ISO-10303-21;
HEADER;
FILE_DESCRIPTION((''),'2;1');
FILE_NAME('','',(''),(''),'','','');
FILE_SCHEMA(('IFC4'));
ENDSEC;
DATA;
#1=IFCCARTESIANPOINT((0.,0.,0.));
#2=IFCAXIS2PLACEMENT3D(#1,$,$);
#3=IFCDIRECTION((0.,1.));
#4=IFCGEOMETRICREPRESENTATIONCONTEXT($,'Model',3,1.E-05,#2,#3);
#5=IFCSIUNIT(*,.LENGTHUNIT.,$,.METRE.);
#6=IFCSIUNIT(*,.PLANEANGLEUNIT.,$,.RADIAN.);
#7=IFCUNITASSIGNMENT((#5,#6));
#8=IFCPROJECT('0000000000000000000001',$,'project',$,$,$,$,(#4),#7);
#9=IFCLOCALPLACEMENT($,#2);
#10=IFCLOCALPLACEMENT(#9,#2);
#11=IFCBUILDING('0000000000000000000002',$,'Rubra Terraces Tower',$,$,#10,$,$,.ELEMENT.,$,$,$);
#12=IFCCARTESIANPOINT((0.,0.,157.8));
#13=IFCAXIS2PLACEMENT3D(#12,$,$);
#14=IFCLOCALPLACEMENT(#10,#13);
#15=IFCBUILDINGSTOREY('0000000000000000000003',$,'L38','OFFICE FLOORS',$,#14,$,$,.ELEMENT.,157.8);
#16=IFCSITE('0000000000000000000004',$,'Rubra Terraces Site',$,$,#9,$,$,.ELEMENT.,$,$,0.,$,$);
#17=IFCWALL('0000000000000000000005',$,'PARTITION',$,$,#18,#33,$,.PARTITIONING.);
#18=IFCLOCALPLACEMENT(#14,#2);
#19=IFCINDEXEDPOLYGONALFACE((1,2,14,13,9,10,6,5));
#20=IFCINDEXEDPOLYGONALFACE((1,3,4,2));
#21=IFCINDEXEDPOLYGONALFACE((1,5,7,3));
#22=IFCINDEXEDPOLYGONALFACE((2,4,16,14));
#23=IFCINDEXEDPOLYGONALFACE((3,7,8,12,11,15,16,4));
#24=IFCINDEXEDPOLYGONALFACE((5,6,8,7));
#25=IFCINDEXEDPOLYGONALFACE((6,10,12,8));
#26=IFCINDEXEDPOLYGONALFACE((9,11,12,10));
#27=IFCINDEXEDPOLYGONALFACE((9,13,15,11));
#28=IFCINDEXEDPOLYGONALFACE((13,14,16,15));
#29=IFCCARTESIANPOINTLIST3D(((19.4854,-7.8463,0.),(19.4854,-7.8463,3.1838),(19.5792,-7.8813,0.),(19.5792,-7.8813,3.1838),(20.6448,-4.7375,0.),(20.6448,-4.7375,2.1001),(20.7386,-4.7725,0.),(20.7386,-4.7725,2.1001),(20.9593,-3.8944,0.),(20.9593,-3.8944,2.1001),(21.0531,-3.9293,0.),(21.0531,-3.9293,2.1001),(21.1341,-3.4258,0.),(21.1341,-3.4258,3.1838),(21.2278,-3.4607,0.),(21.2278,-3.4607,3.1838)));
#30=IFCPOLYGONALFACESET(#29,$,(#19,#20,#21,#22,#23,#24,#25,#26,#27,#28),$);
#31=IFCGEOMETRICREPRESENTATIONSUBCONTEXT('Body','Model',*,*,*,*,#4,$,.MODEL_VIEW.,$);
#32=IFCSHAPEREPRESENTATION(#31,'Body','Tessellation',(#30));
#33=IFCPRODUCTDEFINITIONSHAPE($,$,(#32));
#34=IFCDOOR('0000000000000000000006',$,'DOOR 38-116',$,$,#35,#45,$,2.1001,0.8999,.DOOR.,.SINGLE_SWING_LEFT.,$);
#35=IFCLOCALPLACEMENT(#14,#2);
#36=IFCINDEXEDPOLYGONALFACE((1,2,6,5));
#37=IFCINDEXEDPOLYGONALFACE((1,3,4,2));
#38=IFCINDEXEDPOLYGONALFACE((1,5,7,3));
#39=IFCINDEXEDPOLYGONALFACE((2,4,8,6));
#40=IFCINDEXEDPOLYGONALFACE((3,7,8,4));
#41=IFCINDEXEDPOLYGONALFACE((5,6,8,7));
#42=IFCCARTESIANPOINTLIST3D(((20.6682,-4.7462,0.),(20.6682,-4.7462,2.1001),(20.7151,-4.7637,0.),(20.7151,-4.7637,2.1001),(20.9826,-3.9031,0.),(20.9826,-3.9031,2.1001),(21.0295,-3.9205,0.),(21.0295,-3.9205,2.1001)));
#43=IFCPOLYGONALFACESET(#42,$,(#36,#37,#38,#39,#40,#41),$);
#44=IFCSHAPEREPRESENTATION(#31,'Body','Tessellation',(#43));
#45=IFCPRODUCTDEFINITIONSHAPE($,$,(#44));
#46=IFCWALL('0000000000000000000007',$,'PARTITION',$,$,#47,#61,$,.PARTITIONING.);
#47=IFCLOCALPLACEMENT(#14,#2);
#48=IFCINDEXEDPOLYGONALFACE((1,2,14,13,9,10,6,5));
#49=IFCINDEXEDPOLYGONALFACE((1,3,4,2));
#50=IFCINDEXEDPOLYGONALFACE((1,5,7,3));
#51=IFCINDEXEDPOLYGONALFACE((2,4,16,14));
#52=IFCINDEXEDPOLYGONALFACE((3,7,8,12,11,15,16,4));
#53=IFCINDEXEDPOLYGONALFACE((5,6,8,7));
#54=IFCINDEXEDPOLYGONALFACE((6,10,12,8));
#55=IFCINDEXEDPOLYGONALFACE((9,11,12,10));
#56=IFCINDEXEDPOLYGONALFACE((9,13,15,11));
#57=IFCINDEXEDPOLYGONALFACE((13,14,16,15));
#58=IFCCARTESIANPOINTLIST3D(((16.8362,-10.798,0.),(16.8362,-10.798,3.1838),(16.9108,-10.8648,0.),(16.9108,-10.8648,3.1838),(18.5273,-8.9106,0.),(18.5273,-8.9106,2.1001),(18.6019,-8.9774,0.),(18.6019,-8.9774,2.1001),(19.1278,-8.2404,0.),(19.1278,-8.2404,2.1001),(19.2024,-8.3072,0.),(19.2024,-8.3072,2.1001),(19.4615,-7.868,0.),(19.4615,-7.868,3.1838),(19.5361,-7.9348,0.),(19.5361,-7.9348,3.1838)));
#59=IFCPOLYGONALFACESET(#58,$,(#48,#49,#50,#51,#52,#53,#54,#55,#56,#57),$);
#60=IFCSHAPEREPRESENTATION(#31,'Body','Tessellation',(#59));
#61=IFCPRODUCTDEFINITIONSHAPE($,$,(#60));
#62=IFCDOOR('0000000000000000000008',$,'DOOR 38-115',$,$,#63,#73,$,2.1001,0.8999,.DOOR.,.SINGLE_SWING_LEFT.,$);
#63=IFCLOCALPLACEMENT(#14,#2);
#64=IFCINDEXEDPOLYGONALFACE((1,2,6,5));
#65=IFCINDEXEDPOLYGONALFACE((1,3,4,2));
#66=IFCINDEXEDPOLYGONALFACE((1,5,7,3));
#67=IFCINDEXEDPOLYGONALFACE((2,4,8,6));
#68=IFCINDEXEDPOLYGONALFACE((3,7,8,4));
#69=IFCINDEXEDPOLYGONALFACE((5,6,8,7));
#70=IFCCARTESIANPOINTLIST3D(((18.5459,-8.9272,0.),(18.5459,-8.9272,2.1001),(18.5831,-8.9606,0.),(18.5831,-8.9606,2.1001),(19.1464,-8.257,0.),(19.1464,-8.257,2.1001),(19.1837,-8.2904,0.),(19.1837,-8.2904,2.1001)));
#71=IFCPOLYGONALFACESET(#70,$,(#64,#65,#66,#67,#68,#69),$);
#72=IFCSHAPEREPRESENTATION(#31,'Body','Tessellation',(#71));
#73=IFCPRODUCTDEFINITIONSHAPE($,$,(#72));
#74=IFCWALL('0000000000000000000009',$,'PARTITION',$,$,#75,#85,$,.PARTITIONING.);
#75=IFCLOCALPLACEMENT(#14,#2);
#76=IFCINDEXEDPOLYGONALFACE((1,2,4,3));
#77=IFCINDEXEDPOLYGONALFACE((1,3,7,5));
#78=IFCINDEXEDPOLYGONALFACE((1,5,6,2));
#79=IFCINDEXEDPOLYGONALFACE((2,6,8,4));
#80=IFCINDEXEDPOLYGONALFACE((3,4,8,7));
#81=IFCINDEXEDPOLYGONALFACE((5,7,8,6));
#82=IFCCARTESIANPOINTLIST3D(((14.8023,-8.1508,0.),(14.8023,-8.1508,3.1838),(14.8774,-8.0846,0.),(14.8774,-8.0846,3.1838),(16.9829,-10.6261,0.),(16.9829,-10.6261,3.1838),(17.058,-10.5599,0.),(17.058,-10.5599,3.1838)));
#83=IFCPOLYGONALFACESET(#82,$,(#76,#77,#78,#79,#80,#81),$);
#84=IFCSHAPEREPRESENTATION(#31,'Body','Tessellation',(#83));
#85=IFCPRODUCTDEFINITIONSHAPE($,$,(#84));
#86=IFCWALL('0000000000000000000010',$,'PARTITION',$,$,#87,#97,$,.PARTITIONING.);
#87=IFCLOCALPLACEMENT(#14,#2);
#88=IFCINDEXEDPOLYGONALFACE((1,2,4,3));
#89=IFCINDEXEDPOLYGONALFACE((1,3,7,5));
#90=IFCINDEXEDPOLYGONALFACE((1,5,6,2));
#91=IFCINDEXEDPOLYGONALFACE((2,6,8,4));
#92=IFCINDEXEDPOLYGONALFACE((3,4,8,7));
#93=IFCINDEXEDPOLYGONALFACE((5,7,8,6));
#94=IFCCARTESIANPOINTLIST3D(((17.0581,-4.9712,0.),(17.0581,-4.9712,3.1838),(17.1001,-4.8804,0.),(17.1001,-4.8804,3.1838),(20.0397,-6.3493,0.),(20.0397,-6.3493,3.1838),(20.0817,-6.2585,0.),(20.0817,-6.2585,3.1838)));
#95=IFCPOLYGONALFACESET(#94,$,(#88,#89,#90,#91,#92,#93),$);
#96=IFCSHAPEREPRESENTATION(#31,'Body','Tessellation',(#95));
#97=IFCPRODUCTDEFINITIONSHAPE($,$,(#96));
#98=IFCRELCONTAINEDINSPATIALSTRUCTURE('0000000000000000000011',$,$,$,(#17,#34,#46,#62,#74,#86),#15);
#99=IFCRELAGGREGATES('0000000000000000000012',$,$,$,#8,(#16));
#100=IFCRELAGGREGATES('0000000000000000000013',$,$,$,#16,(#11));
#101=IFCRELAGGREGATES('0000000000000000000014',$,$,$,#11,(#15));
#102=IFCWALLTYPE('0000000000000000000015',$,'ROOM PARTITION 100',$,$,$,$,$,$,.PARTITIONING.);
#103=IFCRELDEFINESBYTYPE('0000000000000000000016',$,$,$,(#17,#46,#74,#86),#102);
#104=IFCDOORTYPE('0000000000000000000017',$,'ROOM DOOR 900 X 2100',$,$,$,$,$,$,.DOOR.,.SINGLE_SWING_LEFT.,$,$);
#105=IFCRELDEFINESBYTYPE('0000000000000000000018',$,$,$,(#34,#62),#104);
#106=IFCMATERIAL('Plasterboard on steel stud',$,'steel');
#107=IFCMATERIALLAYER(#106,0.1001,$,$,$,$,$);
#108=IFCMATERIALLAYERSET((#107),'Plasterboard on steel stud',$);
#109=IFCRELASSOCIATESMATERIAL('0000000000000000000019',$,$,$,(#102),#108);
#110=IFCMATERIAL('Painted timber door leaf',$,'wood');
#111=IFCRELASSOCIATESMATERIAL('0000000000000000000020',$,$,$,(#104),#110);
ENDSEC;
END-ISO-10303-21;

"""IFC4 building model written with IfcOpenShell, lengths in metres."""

from ifc_helpers import new_model, si_unit, direction, frame, frame_2d, origin, place, context, subcontext, project, spatial, rectangle, extrude, material, layer, layer_set, type_object, element, fill, save


model = new_model("IFC4")

# Units and contexts
model_context = context("Model", 3, precision=1e-05, world=origin(), true_north=direction((0.0, 1.0)))
body_context = subcontext(model_context, "Body", "Model", "MODEL_VIEW")
ifc_project = project(units=[si_unit("LENGTHUNIT", "METRE"), si_unit("PLANEANGLEUNIT", "RADIAN")], contexts=[model_context])

# Site, building, storey
site_placement = place(None, origin())
site = spatial("IfcSite", under=ifc_project, at=site_placement, Name="Rubra Terraces Site", CompositionType="ELEMENT", RefElevation=0.0)
building_placement = place(site_placement, origin())
building = spatial("IfcBuilding", under=site, at=building_placement, Name="Rubra Terraces Tower", CompositionType="ELEMENT")
storey_placement = place(building_placement, frame((0.0, 0.0, 157.8)))
storey = spatial("IfcBuildingStorey", under=building, at=storey_placement, Name="L38", Description="OFFICE FLOORS", CompositionType="ELEMENT", Elevation=157.8)

# Shared definitions
ifc_material_1 = material(Name="Painted timber door leaf", Category="wood")

# Walls, openings, doors
ifc_material_2 = material(Name="Plasterboard on steel stud", Category="steel")
ifc_layer_1 = layer(ifc_material_2, 0.1001)
ifc_layer_set_1 = layer_set([ifc_layer_1], Name="Plasterboard on steel stud")
wall_type_1 = type_object("IfcWallType", Name="ROOM PARTITION 100", PredefinedType="PARTITIONING", material=ifc_layer_set_1)
wall_1_placement = place(storey_placement, frame((21.1809, -3.4434, 0.0), z_axis=(0.0, 0.0, 1.0), x_axis=(-0.349439, -0.936959, 0.0)))
wall_1 = element("IfcWall", 1, at=wall_1_placement, inside=storey, type_object=wall_type_1, Name="PARTITION", PredefinedType="PARTITIONING", context=body_context, shape_type="SweptSolid", body=[
    extrude(rectangle(XDim=4.718, YDim=0.1001, at=frame_2d((2.3589, 0.0))), origin(), (0.0, 0.0, 1.0), 3.1838),
])
opening_1_placement = place(wall_1_placement, frame((0.5, 0.0, 0.0)))
opening_1 = element("IfcOpeningElement", 2, at=opening_1_placement, cuts=wall_1, PredefinedType="OPENING", context=body_context, shape_type="SweptSolid", body=[
    extrude(rectangle(XDim=0.8999, YDim=2.1001, at=frame_2d((0.45, 1.05))), frame((0.0, 0.0601, 0.0), z_axis=(0.0, -1.0, 0.0), x_axis=(1.0, 0.0, 0.0)), (0.0, 0.0, 1.0), 0.1201),
])
door_type_1 = type_object("IfcDoorType", Name="ROOM DOOR 900 X 2100", OperationType="SINGLE_SWING_LEFT", PredefinedType="DOOR", material=ifc_material_1)
door_1_placement = place(opening_1_placement, origin())
door_1 = element("IfcDoor", 3, at=door_1_placement, inside=storey, type_object=door_type_1, Name="DOOR 38-116", OperationType="SINGLE_SWING_LEFT", OverallHeight=2.1001, OverallWidth=0.8999, PredefinedType="DOOR", context=body_context, shape_type="SweptSolid", body=[
    extrude(rectangle(XDim=0.8999, YDim=2.1001, at=frame_2d((0.45, 1.05))), frame((0.0, 0.0249, 0.0), z_axis=(0.0, -1.0, 0.0), x_axis=(1.0, 0.0, 0.0)), (0.0, 0.0, 1.0), 0.05),
])
fill(opening_1, door_1)
wall_2_placement = place(storey_placement, frame((19.4988, -7.9014, 0.0), z_axis=(0.0, 0.0, 1.0), x_axis=(-0.667321, -0.74477, 0.0)))
wall_2 = element("IfcWall", 4, at=wall_2_placement, inside=storey, type_object=wall_type_1, Name="PARTITION", PredefinedType="PARTITIONING", context=body_context, shape_type="SweptSolid", body=[
    extrude(rectangle(XDim=3.9341, YDim=0.1001, at=frame_2d((1.967, 0.0))), origin(), (0.0, 0.0, 1.0), 3.1838),
])
opening_2_placement = place(wall_2_placement, frame((0.5, 0.0, 0.0)))
opening_2 = element("IfcOpeningElement", 5, at=opening_2_placement, cuts=wall_2, PredefinedType="OPENING", context=body_context, shape_type="SweptSolid", body=[
    extrude(rectangle(XDim=0.8999, YDim=2.1001, at=frame_2d((0.45, 1.05))), frame((0.0, 0.0601, 0.0), z_axis=(0.0, -1.0, 0.0), x_axis=(1.0, 0.0, 0.0)), (0.0, 0.0, 1.0), 0.1201),
])
door_2_placement = place(opening_2_placement, origin())
door_2 = element("IfcDoor", 6, at=door_2_placement, inside=storey, type_object=door_type_1, Name="DOOR 38-115", OperationType="SINGLE_SWING_LEFT", OverallHeight=2.1001, OverallWidth=0.8999, PredefinedType="DOOR", context=body_context, shape_type="SweptSolid", body=[
    extrude(rectangle(XDim=0.8999, YDim=2.1001, at=frame_2d((0.45, 1.05))), frame((0.0, 0.0249, 0.0), z_axis=(0.0, -1.0, 0.0), x_axis=(1.0, 0.0, 0.0)), (0.0, 0.0, 1.0), 0.05),
])
fill(opening_2, door_2)

# Walls
wall_3_placement = place(storey_placement, frame((14.8398, -8.1177, 0.0), z_axis=(0.0, 0.0, 1.0), x_axis=(0.661032, -0.750358, 0.0)))
element("IfcWall", 7, at=wall_3_placement, inside=storey, type_object=wall_type_1, Name="PARTITION", PredefinedType="PARTITIONING", context=body_context, shape_type="SweptSolid", body=[
    extrude(rectangle(XDim=3.2988, YDim=0.1001, at=frame_2d((1.6494, 0.0))), origin(), (0.0, 0.0, 1.0), 3.1838),
])
wall_4_placement = place(storey_placement, frame((17.0791, -4.9258, 0.0), z_axis=(0.0, 0.0, 1.0), x_axis=(0.907726, -0.419562, 0.0)))
element("IfcWall", 8, at=wall_4_placement, inside=storey, type_object=wall_type_1, Name="PARTITION", PredefinedType="PARTITIONING", context=body_context, shape_type="SweptSolid", body=[
    extrude(rectangle(XDim=3.2847, YDim=0.1001, at=frame_2d((1.6423, 0.0))), origin(), (0.0, 0.0, 1.0), 3.1838),
])

save(model, "model.ifc")
